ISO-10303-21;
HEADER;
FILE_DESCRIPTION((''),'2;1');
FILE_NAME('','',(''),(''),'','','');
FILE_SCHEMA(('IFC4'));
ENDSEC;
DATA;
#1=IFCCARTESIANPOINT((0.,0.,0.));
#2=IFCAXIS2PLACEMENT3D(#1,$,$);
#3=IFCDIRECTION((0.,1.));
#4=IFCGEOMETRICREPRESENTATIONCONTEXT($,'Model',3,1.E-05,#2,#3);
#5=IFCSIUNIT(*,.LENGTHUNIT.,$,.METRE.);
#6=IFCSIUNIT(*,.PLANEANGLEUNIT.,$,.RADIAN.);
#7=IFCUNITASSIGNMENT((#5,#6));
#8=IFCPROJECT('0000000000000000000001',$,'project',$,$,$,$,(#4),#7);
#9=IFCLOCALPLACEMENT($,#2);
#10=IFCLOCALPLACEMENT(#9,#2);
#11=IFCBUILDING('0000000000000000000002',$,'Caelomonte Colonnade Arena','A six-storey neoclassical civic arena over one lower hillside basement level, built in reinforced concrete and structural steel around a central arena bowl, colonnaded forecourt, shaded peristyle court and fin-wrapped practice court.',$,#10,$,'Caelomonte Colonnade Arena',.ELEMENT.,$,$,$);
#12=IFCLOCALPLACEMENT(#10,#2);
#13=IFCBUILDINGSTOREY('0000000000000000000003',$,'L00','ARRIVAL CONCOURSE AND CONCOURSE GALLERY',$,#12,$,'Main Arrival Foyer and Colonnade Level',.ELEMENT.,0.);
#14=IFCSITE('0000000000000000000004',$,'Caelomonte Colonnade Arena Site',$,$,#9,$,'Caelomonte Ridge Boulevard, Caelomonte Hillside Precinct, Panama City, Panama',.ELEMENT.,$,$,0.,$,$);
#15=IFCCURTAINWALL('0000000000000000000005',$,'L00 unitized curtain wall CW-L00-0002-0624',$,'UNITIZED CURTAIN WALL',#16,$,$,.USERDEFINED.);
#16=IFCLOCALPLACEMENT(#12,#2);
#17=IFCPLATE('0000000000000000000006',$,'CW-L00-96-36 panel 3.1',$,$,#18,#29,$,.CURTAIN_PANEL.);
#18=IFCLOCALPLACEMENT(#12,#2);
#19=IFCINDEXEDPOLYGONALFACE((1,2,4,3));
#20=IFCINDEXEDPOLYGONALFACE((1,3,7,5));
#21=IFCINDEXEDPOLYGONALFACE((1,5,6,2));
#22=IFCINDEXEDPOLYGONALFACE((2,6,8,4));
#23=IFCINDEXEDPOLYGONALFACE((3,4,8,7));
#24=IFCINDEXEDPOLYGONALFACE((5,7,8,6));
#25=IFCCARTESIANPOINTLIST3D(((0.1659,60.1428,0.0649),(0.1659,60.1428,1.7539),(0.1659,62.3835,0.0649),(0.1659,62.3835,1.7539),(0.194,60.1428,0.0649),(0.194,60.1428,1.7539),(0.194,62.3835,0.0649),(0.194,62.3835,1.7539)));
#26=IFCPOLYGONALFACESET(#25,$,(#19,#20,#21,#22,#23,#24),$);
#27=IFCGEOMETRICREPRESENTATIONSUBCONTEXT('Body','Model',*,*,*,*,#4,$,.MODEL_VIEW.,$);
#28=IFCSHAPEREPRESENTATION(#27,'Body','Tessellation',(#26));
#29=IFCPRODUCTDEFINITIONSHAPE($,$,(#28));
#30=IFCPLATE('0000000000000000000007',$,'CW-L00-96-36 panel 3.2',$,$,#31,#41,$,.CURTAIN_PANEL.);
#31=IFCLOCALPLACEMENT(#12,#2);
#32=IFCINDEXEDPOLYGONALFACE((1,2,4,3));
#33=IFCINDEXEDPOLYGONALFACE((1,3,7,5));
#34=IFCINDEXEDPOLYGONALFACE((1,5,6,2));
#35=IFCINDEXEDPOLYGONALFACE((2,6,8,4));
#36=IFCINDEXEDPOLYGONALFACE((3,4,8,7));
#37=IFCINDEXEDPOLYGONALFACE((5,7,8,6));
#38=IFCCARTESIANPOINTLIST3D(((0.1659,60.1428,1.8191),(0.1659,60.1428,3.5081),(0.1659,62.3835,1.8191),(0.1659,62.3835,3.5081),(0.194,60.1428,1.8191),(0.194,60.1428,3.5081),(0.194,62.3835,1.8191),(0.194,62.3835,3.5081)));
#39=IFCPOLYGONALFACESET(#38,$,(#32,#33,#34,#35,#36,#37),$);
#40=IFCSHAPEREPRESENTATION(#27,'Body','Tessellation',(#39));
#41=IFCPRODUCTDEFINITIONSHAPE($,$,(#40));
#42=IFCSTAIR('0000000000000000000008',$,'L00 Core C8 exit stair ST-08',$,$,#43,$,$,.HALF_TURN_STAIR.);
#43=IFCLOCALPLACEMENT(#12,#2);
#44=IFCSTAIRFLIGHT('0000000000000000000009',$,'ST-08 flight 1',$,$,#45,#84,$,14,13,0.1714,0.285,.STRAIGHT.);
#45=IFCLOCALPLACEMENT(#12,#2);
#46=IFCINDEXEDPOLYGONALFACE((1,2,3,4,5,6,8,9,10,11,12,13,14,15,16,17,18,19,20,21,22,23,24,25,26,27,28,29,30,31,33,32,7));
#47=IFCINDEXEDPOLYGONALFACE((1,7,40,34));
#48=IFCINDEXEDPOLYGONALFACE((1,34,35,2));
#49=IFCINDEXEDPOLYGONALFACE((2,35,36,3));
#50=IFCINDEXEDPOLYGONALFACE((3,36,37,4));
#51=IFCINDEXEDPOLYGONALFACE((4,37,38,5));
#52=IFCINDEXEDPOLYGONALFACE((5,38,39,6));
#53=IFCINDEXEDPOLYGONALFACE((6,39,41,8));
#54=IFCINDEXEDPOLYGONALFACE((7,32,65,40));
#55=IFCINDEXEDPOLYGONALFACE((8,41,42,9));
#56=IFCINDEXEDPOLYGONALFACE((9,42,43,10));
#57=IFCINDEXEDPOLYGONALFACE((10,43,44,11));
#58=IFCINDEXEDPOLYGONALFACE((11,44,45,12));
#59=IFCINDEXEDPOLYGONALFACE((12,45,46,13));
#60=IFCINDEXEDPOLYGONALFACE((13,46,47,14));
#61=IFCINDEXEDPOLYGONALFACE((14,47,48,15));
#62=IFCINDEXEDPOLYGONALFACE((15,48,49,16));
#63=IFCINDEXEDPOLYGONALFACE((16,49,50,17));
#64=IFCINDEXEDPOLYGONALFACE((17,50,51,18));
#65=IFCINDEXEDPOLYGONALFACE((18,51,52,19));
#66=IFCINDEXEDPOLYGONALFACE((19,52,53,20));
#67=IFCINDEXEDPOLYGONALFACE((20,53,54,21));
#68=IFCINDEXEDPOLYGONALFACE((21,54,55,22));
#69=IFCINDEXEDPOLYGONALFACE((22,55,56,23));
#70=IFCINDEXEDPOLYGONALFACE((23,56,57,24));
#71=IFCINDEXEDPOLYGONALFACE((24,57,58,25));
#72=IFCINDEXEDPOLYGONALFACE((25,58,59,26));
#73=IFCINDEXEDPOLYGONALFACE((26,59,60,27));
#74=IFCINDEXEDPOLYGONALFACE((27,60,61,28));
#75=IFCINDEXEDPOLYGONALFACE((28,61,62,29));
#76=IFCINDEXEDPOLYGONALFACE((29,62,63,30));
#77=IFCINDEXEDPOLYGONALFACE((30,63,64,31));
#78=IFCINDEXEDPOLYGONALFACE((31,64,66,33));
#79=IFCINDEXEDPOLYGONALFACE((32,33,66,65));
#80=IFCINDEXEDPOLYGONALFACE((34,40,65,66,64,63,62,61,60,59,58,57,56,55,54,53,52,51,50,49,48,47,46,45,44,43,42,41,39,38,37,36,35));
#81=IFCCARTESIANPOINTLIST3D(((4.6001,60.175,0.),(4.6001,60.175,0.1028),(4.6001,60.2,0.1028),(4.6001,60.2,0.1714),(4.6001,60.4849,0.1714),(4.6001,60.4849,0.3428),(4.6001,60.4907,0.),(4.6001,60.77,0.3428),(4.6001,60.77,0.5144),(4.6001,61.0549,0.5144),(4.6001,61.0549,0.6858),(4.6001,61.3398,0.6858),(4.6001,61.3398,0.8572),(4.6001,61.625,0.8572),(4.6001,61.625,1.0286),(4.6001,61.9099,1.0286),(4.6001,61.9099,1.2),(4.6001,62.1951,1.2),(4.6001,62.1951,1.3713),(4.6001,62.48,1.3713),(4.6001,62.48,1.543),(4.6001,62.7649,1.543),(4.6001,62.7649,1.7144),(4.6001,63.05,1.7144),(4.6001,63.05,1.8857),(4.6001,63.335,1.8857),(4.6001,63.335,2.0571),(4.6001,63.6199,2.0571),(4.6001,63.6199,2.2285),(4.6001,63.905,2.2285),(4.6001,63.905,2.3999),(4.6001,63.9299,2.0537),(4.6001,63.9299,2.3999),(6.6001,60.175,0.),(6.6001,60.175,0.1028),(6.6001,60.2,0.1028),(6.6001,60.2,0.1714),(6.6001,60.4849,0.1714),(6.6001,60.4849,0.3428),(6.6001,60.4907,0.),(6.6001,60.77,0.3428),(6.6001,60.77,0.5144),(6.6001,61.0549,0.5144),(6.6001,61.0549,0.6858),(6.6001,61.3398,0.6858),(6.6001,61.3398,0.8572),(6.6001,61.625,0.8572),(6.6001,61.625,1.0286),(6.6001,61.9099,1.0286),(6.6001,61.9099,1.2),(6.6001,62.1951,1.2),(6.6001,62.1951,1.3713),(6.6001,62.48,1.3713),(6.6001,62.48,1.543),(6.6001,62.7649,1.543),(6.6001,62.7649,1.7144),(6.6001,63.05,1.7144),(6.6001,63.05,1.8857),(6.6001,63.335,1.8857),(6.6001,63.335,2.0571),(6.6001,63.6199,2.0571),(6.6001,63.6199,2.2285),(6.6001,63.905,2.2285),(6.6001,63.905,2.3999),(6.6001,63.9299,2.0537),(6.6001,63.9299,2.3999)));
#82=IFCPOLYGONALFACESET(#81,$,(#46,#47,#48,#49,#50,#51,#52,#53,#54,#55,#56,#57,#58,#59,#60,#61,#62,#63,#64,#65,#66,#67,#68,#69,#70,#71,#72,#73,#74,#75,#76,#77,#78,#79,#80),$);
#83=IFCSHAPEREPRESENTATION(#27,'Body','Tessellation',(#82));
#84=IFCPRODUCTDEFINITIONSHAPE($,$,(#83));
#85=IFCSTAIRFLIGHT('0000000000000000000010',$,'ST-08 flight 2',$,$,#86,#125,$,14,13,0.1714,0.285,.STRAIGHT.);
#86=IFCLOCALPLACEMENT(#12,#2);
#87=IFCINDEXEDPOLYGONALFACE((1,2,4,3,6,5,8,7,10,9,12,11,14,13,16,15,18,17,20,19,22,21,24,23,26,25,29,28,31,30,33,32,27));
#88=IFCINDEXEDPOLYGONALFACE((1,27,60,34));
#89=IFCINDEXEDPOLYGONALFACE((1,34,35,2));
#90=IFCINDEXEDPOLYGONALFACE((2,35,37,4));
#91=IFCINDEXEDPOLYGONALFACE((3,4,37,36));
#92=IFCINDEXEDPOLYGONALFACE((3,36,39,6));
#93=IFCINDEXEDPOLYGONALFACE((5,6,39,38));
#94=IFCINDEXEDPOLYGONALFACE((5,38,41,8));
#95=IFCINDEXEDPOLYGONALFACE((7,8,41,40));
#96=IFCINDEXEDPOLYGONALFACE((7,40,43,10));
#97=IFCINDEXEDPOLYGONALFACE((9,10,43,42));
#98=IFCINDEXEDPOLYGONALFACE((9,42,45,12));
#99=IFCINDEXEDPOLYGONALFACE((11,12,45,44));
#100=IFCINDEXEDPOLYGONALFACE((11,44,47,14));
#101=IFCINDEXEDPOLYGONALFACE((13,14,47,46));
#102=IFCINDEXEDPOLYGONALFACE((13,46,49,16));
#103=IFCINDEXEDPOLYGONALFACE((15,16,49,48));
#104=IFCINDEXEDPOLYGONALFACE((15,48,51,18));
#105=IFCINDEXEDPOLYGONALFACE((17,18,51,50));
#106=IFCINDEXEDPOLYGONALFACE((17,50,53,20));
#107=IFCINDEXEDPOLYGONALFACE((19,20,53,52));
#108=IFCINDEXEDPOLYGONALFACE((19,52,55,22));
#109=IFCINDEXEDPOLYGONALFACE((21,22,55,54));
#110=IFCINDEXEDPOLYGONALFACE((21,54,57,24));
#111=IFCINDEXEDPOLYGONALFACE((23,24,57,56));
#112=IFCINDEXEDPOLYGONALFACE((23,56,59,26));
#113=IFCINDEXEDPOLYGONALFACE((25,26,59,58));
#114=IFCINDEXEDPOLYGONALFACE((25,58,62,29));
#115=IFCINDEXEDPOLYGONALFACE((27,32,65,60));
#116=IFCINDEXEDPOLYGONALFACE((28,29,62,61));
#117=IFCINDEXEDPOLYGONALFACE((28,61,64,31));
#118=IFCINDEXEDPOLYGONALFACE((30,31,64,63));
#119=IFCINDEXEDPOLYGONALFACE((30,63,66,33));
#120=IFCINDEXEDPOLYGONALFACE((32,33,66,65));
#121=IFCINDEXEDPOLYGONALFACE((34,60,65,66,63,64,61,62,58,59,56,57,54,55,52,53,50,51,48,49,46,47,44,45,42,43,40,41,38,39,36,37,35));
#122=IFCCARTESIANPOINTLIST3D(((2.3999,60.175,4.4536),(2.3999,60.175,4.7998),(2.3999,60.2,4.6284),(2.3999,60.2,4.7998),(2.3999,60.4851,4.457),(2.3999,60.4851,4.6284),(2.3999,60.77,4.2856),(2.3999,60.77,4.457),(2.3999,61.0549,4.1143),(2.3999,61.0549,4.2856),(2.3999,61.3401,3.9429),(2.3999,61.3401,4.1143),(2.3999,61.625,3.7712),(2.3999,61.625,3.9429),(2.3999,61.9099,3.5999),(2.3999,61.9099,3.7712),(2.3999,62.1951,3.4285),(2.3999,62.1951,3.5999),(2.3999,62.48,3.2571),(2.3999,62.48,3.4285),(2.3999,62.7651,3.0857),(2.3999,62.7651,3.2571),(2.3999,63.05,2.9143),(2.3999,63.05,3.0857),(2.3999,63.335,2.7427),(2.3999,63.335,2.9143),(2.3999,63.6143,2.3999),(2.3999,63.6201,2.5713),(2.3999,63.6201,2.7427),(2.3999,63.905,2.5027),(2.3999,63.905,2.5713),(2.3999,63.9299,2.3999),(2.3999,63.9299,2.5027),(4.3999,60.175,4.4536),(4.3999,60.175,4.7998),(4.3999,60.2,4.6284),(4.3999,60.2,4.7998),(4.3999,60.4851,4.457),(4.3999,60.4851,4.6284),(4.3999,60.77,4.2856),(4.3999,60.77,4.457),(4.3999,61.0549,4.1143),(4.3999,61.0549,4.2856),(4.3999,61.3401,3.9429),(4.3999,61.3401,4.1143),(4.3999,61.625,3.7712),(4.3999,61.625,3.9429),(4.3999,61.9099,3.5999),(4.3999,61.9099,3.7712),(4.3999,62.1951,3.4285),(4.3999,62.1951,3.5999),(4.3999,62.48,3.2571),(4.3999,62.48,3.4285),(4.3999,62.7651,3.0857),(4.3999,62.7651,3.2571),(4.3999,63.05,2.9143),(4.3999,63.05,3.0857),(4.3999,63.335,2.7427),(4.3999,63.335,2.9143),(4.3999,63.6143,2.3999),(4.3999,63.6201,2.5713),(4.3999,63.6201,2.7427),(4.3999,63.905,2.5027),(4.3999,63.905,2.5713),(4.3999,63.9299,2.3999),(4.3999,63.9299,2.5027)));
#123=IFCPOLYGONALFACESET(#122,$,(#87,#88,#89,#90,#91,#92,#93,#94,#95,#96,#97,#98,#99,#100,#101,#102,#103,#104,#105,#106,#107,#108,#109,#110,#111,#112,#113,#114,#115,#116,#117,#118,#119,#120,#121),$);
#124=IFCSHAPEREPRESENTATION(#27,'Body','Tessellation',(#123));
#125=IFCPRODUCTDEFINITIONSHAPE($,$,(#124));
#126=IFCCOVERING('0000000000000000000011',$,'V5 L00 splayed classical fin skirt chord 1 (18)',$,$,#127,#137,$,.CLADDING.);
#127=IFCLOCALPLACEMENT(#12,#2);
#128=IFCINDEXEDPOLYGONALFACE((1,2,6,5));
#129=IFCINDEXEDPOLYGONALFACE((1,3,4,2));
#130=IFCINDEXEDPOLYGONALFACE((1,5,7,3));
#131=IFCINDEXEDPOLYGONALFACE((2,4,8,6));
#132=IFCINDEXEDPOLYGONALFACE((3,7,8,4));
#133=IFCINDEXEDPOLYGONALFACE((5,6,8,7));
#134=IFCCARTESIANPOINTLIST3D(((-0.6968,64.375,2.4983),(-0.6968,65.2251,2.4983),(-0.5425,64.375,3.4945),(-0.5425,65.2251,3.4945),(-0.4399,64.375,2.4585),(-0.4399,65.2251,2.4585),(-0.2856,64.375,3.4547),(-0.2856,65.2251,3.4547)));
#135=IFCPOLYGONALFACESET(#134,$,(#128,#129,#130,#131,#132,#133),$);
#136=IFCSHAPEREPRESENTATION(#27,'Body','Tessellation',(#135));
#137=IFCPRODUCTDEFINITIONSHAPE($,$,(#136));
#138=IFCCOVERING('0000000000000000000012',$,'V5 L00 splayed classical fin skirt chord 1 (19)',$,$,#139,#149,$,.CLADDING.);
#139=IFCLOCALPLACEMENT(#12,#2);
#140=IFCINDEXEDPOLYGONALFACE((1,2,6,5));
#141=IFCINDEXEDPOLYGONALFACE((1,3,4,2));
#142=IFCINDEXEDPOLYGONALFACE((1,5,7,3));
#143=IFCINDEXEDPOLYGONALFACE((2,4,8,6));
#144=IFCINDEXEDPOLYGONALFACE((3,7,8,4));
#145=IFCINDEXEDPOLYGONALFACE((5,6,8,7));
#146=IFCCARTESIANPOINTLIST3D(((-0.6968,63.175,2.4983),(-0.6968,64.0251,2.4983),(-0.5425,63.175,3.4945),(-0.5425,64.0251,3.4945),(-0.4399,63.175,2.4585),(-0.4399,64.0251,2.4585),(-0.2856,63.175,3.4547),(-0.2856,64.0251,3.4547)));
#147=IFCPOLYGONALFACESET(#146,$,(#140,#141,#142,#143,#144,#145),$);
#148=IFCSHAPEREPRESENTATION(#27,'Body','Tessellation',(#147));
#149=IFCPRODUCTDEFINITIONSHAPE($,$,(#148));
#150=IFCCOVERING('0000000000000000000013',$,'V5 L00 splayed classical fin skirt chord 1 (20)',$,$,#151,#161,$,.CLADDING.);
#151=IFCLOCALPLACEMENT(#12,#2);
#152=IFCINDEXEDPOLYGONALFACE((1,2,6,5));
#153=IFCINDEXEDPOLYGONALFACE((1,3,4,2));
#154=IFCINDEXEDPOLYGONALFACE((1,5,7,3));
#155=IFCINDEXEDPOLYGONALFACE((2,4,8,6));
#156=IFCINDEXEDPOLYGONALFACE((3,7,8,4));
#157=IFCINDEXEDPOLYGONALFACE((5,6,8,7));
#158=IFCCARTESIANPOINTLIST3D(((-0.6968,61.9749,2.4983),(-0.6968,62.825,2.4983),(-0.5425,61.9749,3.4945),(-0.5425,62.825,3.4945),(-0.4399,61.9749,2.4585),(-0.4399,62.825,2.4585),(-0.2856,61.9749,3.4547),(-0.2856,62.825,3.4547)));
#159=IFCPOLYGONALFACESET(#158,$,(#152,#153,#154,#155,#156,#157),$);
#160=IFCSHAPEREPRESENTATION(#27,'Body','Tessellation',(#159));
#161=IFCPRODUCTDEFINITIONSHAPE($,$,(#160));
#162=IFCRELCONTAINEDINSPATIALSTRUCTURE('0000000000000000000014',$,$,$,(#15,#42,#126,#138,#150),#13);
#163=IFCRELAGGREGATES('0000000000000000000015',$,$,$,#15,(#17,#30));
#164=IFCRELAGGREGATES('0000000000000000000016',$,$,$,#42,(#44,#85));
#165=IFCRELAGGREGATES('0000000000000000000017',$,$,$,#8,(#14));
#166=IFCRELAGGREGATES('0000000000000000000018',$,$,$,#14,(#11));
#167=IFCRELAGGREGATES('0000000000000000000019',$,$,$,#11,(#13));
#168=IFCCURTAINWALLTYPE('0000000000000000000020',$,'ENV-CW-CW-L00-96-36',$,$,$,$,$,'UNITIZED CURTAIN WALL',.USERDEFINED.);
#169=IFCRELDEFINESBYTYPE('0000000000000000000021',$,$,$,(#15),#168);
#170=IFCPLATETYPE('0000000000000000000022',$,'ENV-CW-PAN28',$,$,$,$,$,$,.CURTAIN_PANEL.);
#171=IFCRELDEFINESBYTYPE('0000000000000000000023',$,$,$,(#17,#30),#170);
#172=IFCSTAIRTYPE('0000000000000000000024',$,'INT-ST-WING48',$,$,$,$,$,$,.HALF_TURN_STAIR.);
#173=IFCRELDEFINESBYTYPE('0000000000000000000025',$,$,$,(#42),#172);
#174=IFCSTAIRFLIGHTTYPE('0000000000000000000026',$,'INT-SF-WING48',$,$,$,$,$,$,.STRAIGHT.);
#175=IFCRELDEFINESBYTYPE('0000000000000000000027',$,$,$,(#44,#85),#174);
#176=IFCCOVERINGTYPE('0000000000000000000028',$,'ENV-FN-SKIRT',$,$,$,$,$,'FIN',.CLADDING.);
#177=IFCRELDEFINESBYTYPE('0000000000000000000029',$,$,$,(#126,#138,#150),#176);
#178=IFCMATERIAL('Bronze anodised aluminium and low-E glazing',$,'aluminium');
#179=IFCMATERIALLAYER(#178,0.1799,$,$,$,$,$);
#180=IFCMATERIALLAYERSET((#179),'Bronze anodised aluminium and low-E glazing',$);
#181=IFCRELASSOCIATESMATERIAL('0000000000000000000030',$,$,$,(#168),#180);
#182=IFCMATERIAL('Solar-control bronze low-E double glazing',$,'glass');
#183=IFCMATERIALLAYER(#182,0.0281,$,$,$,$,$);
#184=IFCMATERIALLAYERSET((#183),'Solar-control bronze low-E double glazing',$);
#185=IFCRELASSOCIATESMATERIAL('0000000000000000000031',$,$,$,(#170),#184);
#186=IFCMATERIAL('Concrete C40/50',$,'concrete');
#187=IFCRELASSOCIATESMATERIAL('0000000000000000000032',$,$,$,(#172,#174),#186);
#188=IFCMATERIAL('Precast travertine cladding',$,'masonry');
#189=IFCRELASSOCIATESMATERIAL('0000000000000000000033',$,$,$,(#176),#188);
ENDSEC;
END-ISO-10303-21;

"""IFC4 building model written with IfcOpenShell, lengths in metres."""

from ifc_helpers import new_model, si_unit, direction, frame, origin, origin_2d, place, context, subcontext, project, spatial, polyline, rectangle, outline, extrude, material, layer, layer_set, material_profile, profile_set, type_object, element, aggregate, save


model = new_model("IFC4")

# Units and contexts
model_context = context("Model", 3, precision=1e-05, world=origin(), true_north=direction((0.0, 1.0)))
body_context = subcontext(model_context, "Body", "Model", "MODEL_VIEW")
ifc_project = project(units=[si_unit("LENGTHUNIT", "METRE"), si_unit("PLANEANGLEUNIT", "RADIAN")], contexts=[model_context])

# Site, building, storey
site_placement = place(None, origin())
site = spatial("IfcSite", under=ifc_project, at=site_placement, Name="Caelomonte Colonnade Arena Site", LongName="Caelomonte Ridge Boulevard, Caelomonte Hillside Precinct, Panama City, Panama", CompositionType="ELEMENT", RefElevation=0.0)
building_placement = place(site_placement, origin())
building = spatial("IfcBuilding", under=site, at=building_placement, Name="Caelomonte Colonnade Arena", Description="A six-storey neoclassical civic arena over one lower hillside basement level, built in reinforced concrete and structural steel around a central arena bowl, colonnaded forecourt, shaded peristyle court and fin-wrapped practice court.", LongName="Caelomonte Colonnade Arena", CompositionType="ELEMENT")
storey_placement = place(building_placement, origin())
storey = spatial("IfcBuildingStorey", under=building, at=storey_placement, Name="L00", Description="ARRIVAL CONCOURSE AND CONCOURSE GALLERY", LongName="Main Arrival Foyer and Colonnade Level", CompositionType="ELEMENT", Elevation=0.0)

# Curtain wall, plates
ifc_material_1 = material(Name="Bronze anodised aluminium and low-E glazing", Category="aluminium")
ifc_layer_1 = layer(ifc_material_1, 0.1799)
ifc_layer_set_1 = layer_set([ifc_layer_1], Name="Bronze anodised aluminium and low-E glazing")
curtain_wall_type = type_object("IfcCurtainWallType", Name="ENV-CW-CW-L00-96-36", ElementType="UNITIZED CURTAIN WALL", PredefinedType="USERDEFINED", material=ifc_layer_set_1)
curtain_wall_placement = place(storey_placement, origin())
curtain_wall = element("IfcCurtainWall", 1, at=curtain_wall_placement, inside=storey, type_object=curtain_wall_type, Name="L00 unitized curtain wall CW-L00-0002-0624", ObjectType="UNITIZED CURTAIN WALL", PredefinedType="USERDEFINED")
ifc_material_2 = material(Name="Solar-control bronze low-E double glazing", Category="glass")
ifc_layer_2 = layer(ifc_material_2, 0.0281)
ifc_layer_set_2 = layer_set([ifc_layer_2], Name="Solar-control bronze low-E double glazing")
plate_type = type_object("IfcPlateType", Name="ENV-CW-PAN28", PredefinedType="CURTAIN_PANEL", material=ifc_layer_set_2)
plate_1_placement = place(storey_placement, frame((0.1799, 61.2632, 0.0649), z_axis=(0.0, 0.0, 1.0), x_axis=(0.0, -1.0, 0.0)))
plate_1 = element("IfcPlate", 2, at=plate_1_placement, type_object=plate_type, Name="CW-L00-96-36 panel 3.1", PredefinedType="CURTAIN_PANEL", context=body_context, shape_type="SweptSolid", body=[
    extrude(rectangle(XDim=2.2407, YDim=0.0281, at=origin_2d()), origin(), (0.0, 0.0, 1.0), 1.689),
])
plate_2_placement = place(storey_placement, frame((0.1799, 61.2632, 1.8191), z_axis=(0.0, 0.0, 1.0), x_axis=(0.0, -1.0, 0.0)))
plate_2 = element("IfcPlate", 3, at=plate_2_placement, type_object=plate_type, Name="CW-L00-96-36 panel 3.2", PredefinedType="CURTAIN_PANEL", context=body_context, shape_type="SweptSolid", body=[
    extrude(rectangle(XDim=2.2407, YDim=0.0281, at=origin_2d()), origin(), (0.0, 0.0, 1.0), 1.689),
])
aggregate(curtain_wall, [plate_1, plate_2])

# Stair, stair flights
ifc_material_3 = material(Name="Concrete C40/50", Category="concrete")
stair_type = type_object("IfcStairType", Name="INT-ST-WING48", PredefinedType="HALF_TURN_STAIR", material=ifc_material_3)
stair_placement = place(storey_placement, origin())
stair = element("IfcStair", 4, at=stair_placement, inside=storey, type_object=stair_type, Name="L00 Core C8 exit stair ST-08", PredefinedType="HALF_TURN_STAIR")
stair_flight_type = type_object("IfcStairFlightType", Name="INT-SF-WING48", PredefinedType="STRAIGHT", material=ifc_material_3)
stair_flight_1_placement = place(storey_placement, frame((5.6001, 60.2, 0.0), z_axis=(0.0, 0.0, 1.0), x_axis=(0.0, 1.0, 0.0)))
stair_flight_1 = element("IfcStairFlight", 5, at=stair_flight_1_placement, type_object=stair_flight_type, Name="ST-08 flight 1", NumberOfRisers=14, NumberOfTreads=13, PredefinedType="STRAIGHT", RiserHeight=0.1714, TreadLength=0.285, context=body_context, shape_type="SweptSolid", body=[
    extrude(outline(polyline([(-0.0249, 0.0), (-0.0249, 0.1028), (0.0, 0.1028), (0.0, 0.1714), (0.2849, 0.1714), (0.2849, 0.3428), (0.5701, 0.3428), (0.5701, 0.5144), (0.855, 0.5144), (0.855, 0.6858), (1.1399, 0.6858), (1.1399, 0.8572), (1.425, 0.8572), (1.425, 1.0286), (1.71, 1.0286), (1.71, 1.2), (1.9951, 1.2), (1.9951, 1.3713), (2.28, 1.3713), (2.28, 1.543), (2.5649, 1.543), (2.5649, 1.7144), (2.8501, 1.7144), (2.8501, 1.8857), (3.135, 1.8857), (3.135, 2.0571), (3.4199, 2.0571), (3.4199, 2.2285), (3.7051, 2.2285), (3.7051, 2.3999), (3.73, 2.3999), (3.73, 2.0537), (0.2908, 0.0), (-0.0249, 0.0)])), frame((0.0, 1.0, 0.0), z_axis=(0.0, -1.0, 0.0), x_axis=(1.0, 0.0, 0.0)), (0.0, 0.0, 1.0), 2.0),
])
stair_flight_2_placement = place(storey_placement, frame((3.3999, 63.905, 2.3999), z_axis=(0.0, 0.0, 1.0), x_axis=(0.0, -1.0, 0.0)))
stair_flight_2 = element("IfcStairFlight", 6, at=stair_flight_2_placement, type_object=stair_flight_type, Name="ST-08 flight 2", NumberOfRisers=14, NumberOfTreads=13, PredefinedType="STRAIGHT", RiserHeight=0.1714, TreadLength=0.285, context=body_context, shape_type="SweptSolid", body=[
    extrude(outline(polyline([(-0.0249, 0.0), (-0.0249, 0.1028), (0.0, 0.1028), (0.0, 0.1714), (0.2849, 0.1714), (0.2849, 0.3428), (0.5701, 0.3428), (0.5701, 0.5144), (0.855, 0.5144), (0.855, 0.6858), (1.1399, 0.6858), (1.1399, 0.8572), (1.425, 0.8572), (1.425, 1.0286), (1.71, 1.0286), (1.71, 1.2), (1.9951, 1.2), (1.9951, 1.3713), (2.28, 1.3713), (2.28, 1.543), (2.5649, 1.543), (2.5649, 1.7144), (2.8501, 1.7144), (2.8501, 1.8857), (3.135, 1.8857), (3.135, 2.0571), (3.4199, 2.0571), (3.4199, 2.2285), (3.7051, 2.2285), (3.7051, 2.3999), (3.73, 2.3999), (3.73, 2.0537), (0.2908, 0.0), (-0.0249, 0.0)])), frame((0.0, 1.0, 0.0), z_axis=(0.0, -1.0, 0.0), x_axis=(1.0, 0.0, 0.0)), (0.0, 0.0, 1.0), 2.0),
])
aggregate(stair, [stair_flight_1, stair_flight_2])

# Coverings
ifc_material_4 = material(Name="Precast travertine cladding", Category="masonry")
ifc_material_profile_1 = material_profile(ifc_material_4, rectangle(XDim=0.26, YDim=0.8501, at=origin_2d()), Name="FIN260X850")
ifc_profile_set_1 = profile_set([ifc_material_profile_1], Name="Precast travertine cladding")
covering_type = type_object("IfcCoveringType", Name="ENV-FN-SKIRT", ElementType="FIN", PredefinedType="CLADDING", material=ifc_profile_set_1)
for number, where, z_axis, x_axis, name in (
    (7, (-0.4141, 64.8, 3.4746), (-0.153076, 0.0, -0.988214), (-0.988214, 0.0, 0.153076), "V5 L00 splayed classical fin skirt chord 1 (18)"),
    (8, (-0.4141, 63.6001, 3.4746), (-0.153076, 0.0, -0.988214), (-0.988214, 0.0, 0.153076), "V5 L00 splayed classical fin skirt chord 1 (19)"),
    (9, (-0.4141, 62.3999, 3.4746), (-0.153076, 0.0, -0.988214), (-0.988214, 0.0, 0.153076), "V5 L00 splayed classical fin skirt chord 1 (20)"),
):
    element("IfcCovering", number, at=place(storey_placement, frame(where, z_axis=z_axis, x_axis=x_axis)), inside=storey, type_object=covering_type, Name=name, PredefinedType="CLADDING", context=body_context, shape_type="SweptSolid", body=[
        extrude(rectangle(XDim=0.26, YDim=0.8501, at=origin_2d()), origin(), (0.0, 0.0, 1.0), 1.0081),
    ])

save(model, "model.ifc")
